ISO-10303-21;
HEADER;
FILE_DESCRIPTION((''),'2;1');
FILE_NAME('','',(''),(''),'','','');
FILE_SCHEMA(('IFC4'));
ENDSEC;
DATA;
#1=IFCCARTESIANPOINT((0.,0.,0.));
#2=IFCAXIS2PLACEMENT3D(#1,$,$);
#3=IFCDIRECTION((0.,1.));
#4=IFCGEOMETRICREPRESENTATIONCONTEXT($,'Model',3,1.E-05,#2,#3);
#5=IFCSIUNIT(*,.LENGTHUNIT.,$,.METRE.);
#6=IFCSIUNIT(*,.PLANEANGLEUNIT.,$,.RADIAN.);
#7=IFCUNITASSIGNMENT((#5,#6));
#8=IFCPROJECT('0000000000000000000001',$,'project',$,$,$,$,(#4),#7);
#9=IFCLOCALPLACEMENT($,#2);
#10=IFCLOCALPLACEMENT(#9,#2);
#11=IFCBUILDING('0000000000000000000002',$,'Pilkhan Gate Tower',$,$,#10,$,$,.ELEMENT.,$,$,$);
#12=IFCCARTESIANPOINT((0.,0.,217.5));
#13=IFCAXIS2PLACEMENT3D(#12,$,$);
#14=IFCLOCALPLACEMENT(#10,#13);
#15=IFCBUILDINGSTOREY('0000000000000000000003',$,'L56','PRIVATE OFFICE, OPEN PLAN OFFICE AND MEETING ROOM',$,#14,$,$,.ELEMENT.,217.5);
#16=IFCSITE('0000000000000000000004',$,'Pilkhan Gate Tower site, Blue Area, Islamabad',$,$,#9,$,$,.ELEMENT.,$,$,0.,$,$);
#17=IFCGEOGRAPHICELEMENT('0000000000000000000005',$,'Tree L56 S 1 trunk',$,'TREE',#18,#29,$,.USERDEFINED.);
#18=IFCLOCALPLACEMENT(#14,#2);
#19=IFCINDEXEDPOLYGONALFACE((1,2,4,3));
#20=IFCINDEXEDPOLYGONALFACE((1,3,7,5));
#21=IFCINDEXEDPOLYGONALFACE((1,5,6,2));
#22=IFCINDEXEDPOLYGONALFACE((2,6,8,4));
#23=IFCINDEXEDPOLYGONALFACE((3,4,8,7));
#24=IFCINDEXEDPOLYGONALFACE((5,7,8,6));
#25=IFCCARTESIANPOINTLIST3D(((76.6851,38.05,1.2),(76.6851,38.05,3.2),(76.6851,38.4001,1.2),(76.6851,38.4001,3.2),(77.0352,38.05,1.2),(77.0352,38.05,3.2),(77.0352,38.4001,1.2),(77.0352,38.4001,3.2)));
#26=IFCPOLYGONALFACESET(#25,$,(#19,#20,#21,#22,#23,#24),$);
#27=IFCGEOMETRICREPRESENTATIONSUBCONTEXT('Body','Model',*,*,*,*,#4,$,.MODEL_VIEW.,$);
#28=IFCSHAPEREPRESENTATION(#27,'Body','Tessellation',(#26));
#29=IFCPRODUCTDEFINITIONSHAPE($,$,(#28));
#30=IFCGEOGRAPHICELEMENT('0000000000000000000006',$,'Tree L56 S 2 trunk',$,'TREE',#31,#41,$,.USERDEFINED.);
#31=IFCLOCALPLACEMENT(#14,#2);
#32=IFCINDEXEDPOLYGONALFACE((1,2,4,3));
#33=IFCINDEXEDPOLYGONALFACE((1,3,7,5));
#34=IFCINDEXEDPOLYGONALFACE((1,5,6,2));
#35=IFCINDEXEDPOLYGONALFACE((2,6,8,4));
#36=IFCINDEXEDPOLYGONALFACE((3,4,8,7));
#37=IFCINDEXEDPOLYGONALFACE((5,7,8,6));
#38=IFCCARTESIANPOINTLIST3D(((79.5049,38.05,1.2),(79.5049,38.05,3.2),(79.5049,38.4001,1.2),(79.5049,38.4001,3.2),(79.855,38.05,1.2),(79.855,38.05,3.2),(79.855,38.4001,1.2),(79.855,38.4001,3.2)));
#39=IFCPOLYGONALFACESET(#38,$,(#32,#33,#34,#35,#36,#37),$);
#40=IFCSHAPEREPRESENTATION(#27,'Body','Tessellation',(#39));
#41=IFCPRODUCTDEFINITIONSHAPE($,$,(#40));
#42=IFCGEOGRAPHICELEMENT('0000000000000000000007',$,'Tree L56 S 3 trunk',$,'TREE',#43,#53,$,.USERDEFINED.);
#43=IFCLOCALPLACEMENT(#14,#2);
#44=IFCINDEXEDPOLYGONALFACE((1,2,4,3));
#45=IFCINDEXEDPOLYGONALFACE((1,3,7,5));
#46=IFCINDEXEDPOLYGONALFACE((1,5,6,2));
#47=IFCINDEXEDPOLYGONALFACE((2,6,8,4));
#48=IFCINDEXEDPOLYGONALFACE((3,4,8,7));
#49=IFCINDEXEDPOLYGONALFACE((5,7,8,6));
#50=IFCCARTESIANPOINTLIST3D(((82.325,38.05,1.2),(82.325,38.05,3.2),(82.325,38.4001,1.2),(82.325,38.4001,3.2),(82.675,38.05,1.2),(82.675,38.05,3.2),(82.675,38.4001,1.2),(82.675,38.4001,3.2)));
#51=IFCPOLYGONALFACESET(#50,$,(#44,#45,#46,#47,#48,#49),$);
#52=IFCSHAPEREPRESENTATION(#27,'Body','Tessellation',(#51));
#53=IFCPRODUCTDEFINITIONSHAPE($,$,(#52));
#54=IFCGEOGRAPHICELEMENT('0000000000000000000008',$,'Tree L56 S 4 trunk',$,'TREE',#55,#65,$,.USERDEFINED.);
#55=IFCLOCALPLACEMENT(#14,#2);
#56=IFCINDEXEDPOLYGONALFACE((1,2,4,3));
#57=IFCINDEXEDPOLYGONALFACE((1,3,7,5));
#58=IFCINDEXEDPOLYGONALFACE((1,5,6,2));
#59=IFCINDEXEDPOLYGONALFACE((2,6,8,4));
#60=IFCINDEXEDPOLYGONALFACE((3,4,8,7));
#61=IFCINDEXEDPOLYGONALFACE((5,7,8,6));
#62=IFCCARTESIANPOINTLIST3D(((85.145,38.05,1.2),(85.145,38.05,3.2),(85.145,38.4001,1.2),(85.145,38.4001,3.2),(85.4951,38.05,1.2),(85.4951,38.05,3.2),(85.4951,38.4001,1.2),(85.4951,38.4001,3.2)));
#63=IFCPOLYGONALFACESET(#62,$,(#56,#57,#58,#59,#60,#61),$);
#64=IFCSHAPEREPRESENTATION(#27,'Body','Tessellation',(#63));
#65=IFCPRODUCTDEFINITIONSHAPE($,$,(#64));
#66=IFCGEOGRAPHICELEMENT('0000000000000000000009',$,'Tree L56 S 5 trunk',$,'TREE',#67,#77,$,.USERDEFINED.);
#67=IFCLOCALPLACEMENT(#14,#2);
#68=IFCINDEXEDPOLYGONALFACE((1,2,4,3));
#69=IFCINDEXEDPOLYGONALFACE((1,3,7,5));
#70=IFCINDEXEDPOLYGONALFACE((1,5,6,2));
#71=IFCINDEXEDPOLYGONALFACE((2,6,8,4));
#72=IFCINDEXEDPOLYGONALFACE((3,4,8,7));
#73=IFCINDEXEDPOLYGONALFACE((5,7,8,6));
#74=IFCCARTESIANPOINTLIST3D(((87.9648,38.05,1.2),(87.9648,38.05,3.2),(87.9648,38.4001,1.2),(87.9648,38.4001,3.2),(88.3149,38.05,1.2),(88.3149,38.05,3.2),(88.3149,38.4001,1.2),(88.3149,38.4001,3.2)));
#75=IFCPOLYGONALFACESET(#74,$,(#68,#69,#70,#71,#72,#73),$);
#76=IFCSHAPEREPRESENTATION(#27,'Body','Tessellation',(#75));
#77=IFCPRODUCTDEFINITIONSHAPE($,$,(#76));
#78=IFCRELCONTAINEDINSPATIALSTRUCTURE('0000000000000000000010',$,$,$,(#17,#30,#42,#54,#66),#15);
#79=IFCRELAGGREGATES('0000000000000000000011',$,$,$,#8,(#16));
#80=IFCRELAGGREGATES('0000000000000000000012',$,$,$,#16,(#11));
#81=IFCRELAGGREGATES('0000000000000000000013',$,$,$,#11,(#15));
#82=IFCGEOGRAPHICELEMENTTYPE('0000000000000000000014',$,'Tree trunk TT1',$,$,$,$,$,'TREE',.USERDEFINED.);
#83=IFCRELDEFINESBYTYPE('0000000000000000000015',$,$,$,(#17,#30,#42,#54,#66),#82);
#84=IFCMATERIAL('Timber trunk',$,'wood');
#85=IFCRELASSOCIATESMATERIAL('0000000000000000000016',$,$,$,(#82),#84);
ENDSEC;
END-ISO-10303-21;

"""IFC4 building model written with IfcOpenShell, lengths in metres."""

from ifc_helpers import new_model, si_unit, direction, frame, origin, origin_2d, place, context, subcontext, project, spatial, rectangle, extrude, material, type_object, element, save


model = new_model("IFC4")

# Units and contexts
model_context = context("Model", 3, precision=1e-05, world=origin(), true_north=direction((0.0, 1.0)))
body_context = subcontext(model_context, "Body", "Model", "MODEL_VIEW")
ifc_project = project(units=[si_unit("LENGTHUNIT", "METRE"), si_unit("PLANEANGLEUNIT", "RADIAN")], contexts=[model_context])

# Site, building, storey
site_placement = place(None, origin())
site = spatial("IfcSite", under=ifc_project, at=site_placement, Name="Pilkhan Gate Tower site, Blue Area, Islamabad", CompositionType="ELEMENT", RefElevation=0.0)
building_placement = place(site_placement, origin())
building = spatial("IfcBuilding", under=site, at=building_placement, Name="Pilkhan Gate Tower", CompositionType="ELEMENT")
storey_placement = place(building_placement, frame((0.0, 0.0, 217.5)))
storey = spatial("IfcBuildingStorey", under=building, at=storey_placement, Name="L56", Description="PRIVATE OFFICE, OPEN PLAN OFFICE AND MEETING ROOM", CompositionType="ELEMENT", Elevation=217.5)

# Geographic elements
ifc_material_1 = material(Name="Timber trunk", Category="wood")
geographic_element_type_1 = type_object("IfcGeographicElementType", Name="Tree trunk TT1", ElementType="TREE", PredefinedType="USERDEFINED", material=ifc_material_1)
for number, where, z_axis, x_axis, name in (
    (1, (76.8601, 38.2251, 1.2), (0.0, 0.0, 1.0), (1.0, 0.0, 0.0), "Tree L56 S 1 trunk"),
    (2, (79.6799, 38.2251, 1.2), (0.0, 0.0, 1.0), (1.0, 0.0, 0.0), "Tree L56 S 2 trunk"),
    (3, (82.5, 38.2251, 1.2), (0.0, 0.0, 1.0), (1.0, 0.0, 0.0), "Tree L56 S 3 trunk"),
    (4, (85.3201, 38.2251, 1.2), (0.0, 0.0, 1.0), (1.0, 0.0, 0.0), "Tree L56 S 4 trunk"),
    (5, (88.1399, 38.2251, 1.2), (0.0, 0.0, 1.0), (1.0, 0.0, 0.0), "Tree L56 S 5 trunk"),
):
    element("IfcGeographicElement", number, at=place(storey_placement, frame(where, z_axis=z_axis, x_axis=x_axis)), inside=storey, type_object=geographic_element_type_1, Name=name, ObjectType="TREE", PredefinedType="USERDEFINED", context=body_context, shape_type="SweptSolid", body=[
        extrude(rectangle(XDim=0.3501, YDim=0.3501, at=origin_2d()), origin(), (0.0, 0.0, 1.0), 2.0),
    ])

save(model, "model.ifc")
